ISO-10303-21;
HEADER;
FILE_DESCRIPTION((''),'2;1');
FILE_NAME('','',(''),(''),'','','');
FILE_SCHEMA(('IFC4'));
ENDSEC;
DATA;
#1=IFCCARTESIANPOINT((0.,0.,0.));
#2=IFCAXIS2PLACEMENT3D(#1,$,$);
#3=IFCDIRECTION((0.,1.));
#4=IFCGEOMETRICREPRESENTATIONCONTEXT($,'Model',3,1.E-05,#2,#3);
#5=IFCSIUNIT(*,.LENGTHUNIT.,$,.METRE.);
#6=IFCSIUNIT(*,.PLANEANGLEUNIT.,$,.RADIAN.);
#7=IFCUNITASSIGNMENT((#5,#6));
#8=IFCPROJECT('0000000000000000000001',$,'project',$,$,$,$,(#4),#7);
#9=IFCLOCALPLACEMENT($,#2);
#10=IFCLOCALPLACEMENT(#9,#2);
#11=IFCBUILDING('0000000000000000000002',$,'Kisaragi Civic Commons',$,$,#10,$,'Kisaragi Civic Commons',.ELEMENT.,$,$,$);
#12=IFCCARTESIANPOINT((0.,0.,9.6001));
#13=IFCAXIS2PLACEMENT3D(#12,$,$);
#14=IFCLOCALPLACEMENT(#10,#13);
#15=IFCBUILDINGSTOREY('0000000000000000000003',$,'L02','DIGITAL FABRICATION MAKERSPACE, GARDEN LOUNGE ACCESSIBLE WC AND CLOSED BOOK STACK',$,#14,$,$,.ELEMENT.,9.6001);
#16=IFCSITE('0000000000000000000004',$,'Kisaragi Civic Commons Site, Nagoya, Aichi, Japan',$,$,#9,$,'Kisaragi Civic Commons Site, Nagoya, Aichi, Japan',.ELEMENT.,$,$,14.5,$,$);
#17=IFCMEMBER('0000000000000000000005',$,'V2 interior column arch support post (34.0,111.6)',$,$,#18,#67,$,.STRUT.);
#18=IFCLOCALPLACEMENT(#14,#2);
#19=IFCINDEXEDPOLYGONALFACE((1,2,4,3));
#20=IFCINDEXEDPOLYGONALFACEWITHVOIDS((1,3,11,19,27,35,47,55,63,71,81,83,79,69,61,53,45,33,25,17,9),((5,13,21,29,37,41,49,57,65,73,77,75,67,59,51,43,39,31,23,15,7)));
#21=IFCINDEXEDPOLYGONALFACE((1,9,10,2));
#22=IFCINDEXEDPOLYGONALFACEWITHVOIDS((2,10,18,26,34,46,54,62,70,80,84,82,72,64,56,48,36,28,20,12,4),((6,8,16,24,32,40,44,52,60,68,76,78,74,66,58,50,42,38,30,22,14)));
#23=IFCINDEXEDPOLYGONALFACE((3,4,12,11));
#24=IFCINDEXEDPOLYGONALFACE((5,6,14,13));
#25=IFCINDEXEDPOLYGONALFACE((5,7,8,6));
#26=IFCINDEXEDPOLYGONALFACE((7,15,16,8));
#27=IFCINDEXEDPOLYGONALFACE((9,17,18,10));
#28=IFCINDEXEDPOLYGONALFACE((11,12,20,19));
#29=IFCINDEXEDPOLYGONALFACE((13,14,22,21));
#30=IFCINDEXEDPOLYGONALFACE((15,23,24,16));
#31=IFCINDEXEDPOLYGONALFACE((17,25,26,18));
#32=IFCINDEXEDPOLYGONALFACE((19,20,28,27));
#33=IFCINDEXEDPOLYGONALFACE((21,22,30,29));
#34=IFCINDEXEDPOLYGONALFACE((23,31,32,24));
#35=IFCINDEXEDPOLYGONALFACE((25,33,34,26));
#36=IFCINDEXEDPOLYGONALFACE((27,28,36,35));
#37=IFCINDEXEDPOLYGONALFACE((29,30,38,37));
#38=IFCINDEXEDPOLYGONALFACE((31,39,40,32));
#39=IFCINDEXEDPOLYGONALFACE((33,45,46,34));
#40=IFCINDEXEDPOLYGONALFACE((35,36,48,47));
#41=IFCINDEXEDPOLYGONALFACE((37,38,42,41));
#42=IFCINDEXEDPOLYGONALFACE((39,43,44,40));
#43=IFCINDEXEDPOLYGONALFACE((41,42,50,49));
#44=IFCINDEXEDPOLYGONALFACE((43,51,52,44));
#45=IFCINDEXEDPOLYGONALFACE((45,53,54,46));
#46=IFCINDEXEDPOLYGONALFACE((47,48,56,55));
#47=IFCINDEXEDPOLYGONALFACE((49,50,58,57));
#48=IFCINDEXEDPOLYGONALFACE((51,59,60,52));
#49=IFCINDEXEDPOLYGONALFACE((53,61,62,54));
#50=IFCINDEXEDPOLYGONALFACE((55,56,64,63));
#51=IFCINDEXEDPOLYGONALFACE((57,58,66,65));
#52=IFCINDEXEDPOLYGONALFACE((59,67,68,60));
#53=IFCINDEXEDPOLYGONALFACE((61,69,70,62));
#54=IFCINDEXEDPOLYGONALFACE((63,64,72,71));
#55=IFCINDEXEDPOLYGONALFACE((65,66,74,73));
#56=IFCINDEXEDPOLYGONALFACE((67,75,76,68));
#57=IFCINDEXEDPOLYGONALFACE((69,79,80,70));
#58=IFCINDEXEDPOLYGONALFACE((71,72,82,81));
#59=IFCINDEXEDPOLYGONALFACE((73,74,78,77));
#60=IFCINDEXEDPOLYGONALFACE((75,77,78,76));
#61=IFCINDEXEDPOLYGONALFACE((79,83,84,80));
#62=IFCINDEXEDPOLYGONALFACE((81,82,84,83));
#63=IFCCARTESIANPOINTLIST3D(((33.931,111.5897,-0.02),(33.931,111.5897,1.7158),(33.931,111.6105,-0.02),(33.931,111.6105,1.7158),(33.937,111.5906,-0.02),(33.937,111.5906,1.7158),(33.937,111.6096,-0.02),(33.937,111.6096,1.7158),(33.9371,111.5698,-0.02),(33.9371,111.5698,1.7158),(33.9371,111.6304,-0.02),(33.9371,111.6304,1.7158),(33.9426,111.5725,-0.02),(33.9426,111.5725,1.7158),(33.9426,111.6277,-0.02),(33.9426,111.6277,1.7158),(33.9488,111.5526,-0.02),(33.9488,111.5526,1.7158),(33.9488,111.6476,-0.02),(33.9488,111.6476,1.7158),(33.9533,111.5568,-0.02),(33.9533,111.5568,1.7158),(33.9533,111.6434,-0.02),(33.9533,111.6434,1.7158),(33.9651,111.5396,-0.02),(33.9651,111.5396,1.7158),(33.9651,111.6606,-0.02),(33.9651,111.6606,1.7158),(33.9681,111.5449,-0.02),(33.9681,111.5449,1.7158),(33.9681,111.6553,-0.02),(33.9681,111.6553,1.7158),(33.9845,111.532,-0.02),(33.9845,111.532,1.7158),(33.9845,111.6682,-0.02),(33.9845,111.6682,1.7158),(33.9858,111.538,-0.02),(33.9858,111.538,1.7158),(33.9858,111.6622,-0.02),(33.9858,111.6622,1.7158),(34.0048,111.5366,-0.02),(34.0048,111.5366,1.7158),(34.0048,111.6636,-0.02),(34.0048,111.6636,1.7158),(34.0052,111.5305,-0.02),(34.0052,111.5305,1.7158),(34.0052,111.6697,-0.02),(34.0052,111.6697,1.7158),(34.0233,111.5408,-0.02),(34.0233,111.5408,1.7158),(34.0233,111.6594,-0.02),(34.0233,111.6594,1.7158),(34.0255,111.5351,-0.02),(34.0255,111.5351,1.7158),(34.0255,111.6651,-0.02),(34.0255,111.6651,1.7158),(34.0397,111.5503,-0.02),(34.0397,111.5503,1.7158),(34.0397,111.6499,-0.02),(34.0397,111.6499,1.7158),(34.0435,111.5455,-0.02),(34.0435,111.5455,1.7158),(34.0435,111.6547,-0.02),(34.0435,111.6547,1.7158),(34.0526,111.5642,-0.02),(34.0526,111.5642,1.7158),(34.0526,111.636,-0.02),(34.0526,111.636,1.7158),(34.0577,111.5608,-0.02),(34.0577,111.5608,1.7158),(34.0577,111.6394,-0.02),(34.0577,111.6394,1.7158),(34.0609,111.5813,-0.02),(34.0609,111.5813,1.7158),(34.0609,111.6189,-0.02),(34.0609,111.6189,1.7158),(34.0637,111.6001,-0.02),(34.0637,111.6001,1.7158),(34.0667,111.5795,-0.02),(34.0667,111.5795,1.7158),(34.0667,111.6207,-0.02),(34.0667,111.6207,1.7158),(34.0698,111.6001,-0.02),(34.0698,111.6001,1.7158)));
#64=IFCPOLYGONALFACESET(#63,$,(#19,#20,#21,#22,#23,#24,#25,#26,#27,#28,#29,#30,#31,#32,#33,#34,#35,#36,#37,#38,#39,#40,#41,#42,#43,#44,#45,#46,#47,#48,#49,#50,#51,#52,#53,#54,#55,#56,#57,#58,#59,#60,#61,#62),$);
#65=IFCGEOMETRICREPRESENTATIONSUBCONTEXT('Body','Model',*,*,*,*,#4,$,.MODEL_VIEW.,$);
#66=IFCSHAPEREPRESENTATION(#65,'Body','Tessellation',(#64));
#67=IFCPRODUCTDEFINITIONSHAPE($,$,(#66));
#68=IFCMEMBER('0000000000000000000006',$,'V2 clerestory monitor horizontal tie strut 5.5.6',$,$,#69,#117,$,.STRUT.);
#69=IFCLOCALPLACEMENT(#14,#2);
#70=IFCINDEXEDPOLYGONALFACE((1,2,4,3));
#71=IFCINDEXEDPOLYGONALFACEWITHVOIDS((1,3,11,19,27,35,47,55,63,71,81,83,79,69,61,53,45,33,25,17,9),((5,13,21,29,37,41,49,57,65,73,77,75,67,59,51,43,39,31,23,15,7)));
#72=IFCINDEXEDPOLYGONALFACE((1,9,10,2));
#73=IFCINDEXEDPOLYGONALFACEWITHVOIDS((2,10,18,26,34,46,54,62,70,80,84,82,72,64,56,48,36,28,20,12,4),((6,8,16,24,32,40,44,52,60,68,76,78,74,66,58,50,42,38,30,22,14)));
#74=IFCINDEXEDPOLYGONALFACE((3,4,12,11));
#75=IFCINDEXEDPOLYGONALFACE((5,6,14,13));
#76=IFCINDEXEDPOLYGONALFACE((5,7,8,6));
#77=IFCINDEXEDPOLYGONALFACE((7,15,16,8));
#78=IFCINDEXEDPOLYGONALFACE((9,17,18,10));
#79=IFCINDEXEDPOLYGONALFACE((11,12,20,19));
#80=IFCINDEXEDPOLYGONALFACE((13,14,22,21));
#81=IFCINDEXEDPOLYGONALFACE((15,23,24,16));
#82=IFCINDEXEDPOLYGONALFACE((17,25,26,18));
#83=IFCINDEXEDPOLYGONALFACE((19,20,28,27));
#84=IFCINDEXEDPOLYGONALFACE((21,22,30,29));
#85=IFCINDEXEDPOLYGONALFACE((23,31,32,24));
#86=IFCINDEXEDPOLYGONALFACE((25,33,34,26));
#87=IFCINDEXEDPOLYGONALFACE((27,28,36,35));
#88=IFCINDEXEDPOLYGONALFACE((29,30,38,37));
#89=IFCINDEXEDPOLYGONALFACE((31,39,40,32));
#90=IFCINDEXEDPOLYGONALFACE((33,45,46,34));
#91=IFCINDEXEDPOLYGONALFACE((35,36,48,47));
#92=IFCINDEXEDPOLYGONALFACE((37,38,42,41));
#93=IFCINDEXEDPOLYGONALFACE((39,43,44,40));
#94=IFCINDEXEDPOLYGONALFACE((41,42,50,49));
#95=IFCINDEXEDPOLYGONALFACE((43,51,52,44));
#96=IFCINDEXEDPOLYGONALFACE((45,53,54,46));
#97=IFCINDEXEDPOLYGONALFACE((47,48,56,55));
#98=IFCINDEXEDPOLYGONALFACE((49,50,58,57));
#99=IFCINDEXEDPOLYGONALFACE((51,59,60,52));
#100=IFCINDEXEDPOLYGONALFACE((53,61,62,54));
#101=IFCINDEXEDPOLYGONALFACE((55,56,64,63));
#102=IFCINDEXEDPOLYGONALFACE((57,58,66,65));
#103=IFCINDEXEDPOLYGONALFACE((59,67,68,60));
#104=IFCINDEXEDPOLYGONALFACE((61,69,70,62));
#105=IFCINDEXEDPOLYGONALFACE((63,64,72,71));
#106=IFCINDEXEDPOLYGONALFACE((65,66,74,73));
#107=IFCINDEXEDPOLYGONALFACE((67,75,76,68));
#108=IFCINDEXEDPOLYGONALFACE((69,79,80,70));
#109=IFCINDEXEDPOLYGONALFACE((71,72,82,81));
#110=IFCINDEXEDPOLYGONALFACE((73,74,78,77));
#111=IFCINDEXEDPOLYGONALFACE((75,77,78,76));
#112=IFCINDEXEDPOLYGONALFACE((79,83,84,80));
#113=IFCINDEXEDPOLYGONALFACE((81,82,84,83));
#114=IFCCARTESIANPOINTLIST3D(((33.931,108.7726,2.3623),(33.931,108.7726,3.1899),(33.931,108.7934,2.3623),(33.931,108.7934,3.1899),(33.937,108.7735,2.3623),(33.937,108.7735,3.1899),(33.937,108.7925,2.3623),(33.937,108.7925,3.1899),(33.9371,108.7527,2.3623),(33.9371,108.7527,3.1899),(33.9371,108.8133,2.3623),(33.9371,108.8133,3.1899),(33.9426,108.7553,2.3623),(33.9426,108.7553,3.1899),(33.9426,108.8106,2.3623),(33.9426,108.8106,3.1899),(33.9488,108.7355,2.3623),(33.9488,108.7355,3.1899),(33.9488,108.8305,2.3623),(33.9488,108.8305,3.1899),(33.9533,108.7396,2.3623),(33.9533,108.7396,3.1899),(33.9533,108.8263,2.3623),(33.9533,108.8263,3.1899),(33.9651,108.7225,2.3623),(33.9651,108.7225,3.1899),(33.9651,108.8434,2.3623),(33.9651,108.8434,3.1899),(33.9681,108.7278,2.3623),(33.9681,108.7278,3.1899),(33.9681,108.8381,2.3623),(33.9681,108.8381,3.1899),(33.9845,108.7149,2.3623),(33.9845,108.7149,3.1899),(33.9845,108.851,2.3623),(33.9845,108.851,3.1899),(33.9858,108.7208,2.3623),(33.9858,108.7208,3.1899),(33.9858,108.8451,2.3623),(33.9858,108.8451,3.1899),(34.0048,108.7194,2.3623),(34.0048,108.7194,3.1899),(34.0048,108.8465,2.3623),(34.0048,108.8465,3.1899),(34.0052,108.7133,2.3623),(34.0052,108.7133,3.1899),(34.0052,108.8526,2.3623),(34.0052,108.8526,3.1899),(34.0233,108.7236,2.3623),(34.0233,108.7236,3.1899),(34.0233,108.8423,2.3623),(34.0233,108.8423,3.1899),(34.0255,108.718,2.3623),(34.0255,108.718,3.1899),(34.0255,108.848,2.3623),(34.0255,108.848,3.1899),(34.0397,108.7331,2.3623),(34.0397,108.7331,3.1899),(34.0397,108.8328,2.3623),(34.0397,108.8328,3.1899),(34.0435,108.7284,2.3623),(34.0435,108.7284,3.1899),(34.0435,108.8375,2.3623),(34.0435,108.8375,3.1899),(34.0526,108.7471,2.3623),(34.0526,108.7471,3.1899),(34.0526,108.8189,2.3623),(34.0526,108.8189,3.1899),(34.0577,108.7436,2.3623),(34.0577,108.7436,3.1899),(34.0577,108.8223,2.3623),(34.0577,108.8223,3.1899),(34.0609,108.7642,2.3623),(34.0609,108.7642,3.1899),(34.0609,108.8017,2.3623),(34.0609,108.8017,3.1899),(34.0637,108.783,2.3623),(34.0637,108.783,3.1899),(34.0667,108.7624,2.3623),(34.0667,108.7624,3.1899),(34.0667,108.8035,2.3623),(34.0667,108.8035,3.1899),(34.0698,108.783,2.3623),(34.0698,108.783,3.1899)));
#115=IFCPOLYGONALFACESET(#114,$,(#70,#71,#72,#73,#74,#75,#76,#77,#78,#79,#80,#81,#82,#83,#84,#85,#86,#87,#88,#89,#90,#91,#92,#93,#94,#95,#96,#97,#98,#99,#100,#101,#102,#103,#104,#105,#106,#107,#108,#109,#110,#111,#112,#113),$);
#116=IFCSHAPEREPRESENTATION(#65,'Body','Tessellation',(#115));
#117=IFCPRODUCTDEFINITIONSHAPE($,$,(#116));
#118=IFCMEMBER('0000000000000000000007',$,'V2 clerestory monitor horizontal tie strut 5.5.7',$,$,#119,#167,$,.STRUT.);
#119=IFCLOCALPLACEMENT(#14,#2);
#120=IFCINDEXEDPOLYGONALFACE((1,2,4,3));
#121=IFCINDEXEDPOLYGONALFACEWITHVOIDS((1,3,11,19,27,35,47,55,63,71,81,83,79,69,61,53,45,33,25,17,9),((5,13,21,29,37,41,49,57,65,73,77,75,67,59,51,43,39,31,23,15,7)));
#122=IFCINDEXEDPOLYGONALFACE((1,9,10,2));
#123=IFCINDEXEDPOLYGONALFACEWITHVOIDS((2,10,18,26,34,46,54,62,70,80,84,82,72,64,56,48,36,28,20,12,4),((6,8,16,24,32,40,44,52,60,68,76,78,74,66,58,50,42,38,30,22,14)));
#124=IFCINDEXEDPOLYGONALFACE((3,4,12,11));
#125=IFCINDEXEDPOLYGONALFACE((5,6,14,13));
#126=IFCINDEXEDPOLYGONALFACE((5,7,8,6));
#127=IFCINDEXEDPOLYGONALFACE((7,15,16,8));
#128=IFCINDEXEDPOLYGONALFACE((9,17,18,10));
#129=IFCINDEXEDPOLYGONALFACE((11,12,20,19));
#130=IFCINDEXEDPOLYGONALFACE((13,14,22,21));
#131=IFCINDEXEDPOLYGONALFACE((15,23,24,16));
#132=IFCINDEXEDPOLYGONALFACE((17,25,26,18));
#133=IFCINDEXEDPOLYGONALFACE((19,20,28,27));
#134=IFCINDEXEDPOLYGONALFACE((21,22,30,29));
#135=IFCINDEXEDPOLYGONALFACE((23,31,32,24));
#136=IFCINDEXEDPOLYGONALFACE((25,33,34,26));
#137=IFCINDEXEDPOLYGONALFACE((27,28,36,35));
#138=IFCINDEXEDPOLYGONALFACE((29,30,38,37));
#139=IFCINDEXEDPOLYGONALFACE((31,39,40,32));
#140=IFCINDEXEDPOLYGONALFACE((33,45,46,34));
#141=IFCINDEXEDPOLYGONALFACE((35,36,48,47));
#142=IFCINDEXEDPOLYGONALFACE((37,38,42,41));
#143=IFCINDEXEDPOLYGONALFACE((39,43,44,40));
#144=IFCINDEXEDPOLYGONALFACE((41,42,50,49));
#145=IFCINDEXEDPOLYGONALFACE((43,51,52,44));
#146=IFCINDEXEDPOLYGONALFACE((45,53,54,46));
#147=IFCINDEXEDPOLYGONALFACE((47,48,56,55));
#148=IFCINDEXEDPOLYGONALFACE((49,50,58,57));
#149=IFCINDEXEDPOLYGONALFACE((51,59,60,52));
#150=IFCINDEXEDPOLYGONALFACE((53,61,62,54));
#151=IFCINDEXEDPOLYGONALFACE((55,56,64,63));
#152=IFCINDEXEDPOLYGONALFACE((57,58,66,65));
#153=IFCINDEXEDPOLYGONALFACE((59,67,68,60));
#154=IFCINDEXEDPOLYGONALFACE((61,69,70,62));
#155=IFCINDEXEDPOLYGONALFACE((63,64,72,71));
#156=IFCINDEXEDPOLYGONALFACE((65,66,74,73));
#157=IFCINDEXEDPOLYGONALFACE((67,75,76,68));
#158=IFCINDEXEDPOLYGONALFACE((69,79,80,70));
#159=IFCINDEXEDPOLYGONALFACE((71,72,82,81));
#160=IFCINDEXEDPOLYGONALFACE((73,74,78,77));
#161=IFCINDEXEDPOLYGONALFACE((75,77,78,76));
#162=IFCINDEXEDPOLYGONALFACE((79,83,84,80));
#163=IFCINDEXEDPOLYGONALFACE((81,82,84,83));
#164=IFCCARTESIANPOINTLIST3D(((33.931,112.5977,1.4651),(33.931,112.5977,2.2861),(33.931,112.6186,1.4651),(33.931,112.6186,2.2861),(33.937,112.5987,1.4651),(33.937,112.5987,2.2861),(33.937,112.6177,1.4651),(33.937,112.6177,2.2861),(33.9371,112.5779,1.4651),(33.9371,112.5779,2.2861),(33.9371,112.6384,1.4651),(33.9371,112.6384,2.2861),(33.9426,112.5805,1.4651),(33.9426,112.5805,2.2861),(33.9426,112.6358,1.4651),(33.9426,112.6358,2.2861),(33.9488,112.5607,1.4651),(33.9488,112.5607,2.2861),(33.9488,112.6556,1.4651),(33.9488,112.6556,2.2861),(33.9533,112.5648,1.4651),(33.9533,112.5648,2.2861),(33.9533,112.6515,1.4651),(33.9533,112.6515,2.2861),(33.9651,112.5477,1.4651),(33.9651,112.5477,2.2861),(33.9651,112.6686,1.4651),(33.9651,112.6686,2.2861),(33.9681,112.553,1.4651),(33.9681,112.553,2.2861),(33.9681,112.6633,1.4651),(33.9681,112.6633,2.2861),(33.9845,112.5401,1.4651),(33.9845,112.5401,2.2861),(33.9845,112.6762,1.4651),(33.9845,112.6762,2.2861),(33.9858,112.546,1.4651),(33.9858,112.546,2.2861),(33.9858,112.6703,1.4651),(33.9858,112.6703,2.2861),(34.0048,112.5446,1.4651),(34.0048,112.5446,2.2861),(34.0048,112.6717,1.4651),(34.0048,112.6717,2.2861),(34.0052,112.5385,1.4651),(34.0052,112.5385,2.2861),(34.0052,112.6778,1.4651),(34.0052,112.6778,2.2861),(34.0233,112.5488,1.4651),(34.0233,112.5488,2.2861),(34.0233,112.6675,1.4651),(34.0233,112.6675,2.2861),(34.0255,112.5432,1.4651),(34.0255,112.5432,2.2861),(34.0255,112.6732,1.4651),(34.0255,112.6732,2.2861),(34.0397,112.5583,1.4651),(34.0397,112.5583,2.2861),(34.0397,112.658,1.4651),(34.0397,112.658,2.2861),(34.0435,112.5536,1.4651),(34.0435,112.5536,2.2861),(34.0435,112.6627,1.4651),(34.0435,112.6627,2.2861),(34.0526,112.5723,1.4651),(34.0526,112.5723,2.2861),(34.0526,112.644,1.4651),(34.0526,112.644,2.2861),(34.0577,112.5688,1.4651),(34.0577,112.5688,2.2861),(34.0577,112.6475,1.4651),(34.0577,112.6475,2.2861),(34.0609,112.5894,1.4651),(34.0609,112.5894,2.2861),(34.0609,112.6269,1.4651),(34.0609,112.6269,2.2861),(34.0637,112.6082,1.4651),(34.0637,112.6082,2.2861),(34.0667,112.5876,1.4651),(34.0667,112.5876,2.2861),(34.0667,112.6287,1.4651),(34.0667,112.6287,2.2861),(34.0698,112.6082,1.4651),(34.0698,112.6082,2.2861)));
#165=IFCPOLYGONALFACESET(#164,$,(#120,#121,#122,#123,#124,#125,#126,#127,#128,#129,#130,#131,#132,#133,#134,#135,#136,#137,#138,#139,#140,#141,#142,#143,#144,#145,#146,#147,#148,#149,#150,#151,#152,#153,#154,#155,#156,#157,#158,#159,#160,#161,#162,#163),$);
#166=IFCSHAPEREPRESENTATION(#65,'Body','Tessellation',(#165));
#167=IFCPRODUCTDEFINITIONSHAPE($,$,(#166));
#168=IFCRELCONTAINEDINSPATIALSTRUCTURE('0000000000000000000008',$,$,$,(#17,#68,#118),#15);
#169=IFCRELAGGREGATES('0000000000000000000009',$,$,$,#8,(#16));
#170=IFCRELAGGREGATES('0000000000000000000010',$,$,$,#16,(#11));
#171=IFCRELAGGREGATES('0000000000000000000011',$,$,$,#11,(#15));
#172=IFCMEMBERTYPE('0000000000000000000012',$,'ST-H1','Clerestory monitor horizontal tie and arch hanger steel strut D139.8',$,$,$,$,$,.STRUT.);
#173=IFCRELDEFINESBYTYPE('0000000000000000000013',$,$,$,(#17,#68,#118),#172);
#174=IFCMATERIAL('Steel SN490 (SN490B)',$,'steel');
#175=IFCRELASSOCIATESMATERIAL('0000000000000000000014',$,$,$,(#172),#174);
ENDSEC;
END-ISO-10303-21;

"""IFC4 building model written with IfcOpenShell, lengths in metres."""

from ifc_helpers import new_model, si_unit, direction, frame, origin, origin_2d, place, context, subcontext, project, spatial, hollow_circle, extrude, material, material_profile, profile_set, type_object, element, save


model = new_model("IFC4")

# Units and contexts
model_context = context("Model", 3, precision=1e-05, world=origin(), true_north=direction((0.0, 1.0)))
body_context = subcontext(model_context, "Body", "Model", "MODEL_VIEW")
ifc_project = project(units=[si_unit("LENGTHUNIT", "METRE"), si_unit("PLANEANGLEUNIT", "RADIAN")], contexts=[model_context])

# Site, building, storey
site_placement = place(None, origin())
site = spatial("IfcSite", under=ifc_project, at=site_placement, Name="Kisaragi Civic Commons Site, Nagoya, Aichi, Japan", LongName="Kisaragi Civic Commons Site, Nagoya, Aichi, Japan", CompositionType="ELEMENT", RefElevation=14.5)
building_placement = place(site_placement, origin())
building = spatial("IfcBuilding", under=site, at=building_placement, Name="Kisaragi Civic Commons", LongName="Kisaragi Civic Commons", CompositionType="ELEMENT")
storey_placement = place(building_placement, frame((0.0, 0.0, 9.6001)))
storey = spatial("IfcBuildingStorey", under=building, at=storey_placement, Name="L02", Description="DIGITAL FABRICATION MAKERSPACE, GARDEN LOUNGE ACCESSIBLE WC AND CLOSED BOOK STACK", CompositionType="ELEMENT", Elevation=9.6001)

# Members
ifc_material_1 = material(Name="Steel SN490 (SN490B)", Category="steel")
ifc_material_profile_1 = material_profile(ifc_material_1, hollow_circle(Radius=0.0698, WallThickness=0.0061, at=origin_2d()), Name="CHS-139.8x6.0", Category="steel")
ifc_profile_set_1 = profile_set([ifc_material_profile_1], Name="Steel SN490 (SN490B)")
member_type_1 = type_object("IfcMemberType", Name="ST-H1", Description="Clerestory monitor horizontal tie and arch hanger steel strut D139.8", PredefinedType="STRUT", material=ifc_profile_set_1)
member_1_placement = place(storey_placement, frame((34.0, 111.6001, -0.02), z_axis=(0.0, 0.0, 1.0), x_axis=(1.0, 0.0, 0.0)))
element("IfcMember", 1, at=member_1_placement, inside=storey, type_object=member_type_1, Name="V2 interior column arch support post (34.0,111.6)", PredefinedType="STRUT", context=body_context, shape_type="SweptSolid", body=[
    extrude(hollow_circle(Radius=0.0698, WallThickness=0.0061, at=origin_2d()), origin(), (0.0, 0.0, 1.0), 1.7358),
])
member_2_placement = place(storey_placement, frame((34.0, 108.783, 2.3623), z_axis=(0.0, 0.0, 1.0), x_axis=(1.0, 0.0, 0.0)))
element("IfcMember", 2, at=member_2_placement, inside=storey, type_object=member_type_1, Name="V2 clerestory monitor horizontal tie strut 5.5.6", PredefinedType="STRUT", context=body_context, shape_type="SweptSolid", body=[
    extrude(hollow_circle(Radius=0.0698, WallThickness=0.0061, at=origin_2d()), origin(), (0.0, 0.0, 1.0), 0.8276),
])
member_3_placement = place(storey_placement, frame((34.0, 112.6082, 1.4651), z_axis=(0.0, 0.0, 1.0), x_axis=(1.0, 0.0, 0.0)))
element("IfcMember", 3, at=member_3_placement, inside=storey, type_object=member_type_1, Name="V2 clerestory monitor horizontal tie strut 5.5.7", PredefinedType="STRUT", context=body_context, shape_type="SweptSolid", body=[
    extrude(hollow_circle(Radius=0.0698, WallThickness=0.0061, at=origin_2d()), origin(), (0.0, 0.0, 1.0), 0.821),
])

save(model, "model.ifc")
